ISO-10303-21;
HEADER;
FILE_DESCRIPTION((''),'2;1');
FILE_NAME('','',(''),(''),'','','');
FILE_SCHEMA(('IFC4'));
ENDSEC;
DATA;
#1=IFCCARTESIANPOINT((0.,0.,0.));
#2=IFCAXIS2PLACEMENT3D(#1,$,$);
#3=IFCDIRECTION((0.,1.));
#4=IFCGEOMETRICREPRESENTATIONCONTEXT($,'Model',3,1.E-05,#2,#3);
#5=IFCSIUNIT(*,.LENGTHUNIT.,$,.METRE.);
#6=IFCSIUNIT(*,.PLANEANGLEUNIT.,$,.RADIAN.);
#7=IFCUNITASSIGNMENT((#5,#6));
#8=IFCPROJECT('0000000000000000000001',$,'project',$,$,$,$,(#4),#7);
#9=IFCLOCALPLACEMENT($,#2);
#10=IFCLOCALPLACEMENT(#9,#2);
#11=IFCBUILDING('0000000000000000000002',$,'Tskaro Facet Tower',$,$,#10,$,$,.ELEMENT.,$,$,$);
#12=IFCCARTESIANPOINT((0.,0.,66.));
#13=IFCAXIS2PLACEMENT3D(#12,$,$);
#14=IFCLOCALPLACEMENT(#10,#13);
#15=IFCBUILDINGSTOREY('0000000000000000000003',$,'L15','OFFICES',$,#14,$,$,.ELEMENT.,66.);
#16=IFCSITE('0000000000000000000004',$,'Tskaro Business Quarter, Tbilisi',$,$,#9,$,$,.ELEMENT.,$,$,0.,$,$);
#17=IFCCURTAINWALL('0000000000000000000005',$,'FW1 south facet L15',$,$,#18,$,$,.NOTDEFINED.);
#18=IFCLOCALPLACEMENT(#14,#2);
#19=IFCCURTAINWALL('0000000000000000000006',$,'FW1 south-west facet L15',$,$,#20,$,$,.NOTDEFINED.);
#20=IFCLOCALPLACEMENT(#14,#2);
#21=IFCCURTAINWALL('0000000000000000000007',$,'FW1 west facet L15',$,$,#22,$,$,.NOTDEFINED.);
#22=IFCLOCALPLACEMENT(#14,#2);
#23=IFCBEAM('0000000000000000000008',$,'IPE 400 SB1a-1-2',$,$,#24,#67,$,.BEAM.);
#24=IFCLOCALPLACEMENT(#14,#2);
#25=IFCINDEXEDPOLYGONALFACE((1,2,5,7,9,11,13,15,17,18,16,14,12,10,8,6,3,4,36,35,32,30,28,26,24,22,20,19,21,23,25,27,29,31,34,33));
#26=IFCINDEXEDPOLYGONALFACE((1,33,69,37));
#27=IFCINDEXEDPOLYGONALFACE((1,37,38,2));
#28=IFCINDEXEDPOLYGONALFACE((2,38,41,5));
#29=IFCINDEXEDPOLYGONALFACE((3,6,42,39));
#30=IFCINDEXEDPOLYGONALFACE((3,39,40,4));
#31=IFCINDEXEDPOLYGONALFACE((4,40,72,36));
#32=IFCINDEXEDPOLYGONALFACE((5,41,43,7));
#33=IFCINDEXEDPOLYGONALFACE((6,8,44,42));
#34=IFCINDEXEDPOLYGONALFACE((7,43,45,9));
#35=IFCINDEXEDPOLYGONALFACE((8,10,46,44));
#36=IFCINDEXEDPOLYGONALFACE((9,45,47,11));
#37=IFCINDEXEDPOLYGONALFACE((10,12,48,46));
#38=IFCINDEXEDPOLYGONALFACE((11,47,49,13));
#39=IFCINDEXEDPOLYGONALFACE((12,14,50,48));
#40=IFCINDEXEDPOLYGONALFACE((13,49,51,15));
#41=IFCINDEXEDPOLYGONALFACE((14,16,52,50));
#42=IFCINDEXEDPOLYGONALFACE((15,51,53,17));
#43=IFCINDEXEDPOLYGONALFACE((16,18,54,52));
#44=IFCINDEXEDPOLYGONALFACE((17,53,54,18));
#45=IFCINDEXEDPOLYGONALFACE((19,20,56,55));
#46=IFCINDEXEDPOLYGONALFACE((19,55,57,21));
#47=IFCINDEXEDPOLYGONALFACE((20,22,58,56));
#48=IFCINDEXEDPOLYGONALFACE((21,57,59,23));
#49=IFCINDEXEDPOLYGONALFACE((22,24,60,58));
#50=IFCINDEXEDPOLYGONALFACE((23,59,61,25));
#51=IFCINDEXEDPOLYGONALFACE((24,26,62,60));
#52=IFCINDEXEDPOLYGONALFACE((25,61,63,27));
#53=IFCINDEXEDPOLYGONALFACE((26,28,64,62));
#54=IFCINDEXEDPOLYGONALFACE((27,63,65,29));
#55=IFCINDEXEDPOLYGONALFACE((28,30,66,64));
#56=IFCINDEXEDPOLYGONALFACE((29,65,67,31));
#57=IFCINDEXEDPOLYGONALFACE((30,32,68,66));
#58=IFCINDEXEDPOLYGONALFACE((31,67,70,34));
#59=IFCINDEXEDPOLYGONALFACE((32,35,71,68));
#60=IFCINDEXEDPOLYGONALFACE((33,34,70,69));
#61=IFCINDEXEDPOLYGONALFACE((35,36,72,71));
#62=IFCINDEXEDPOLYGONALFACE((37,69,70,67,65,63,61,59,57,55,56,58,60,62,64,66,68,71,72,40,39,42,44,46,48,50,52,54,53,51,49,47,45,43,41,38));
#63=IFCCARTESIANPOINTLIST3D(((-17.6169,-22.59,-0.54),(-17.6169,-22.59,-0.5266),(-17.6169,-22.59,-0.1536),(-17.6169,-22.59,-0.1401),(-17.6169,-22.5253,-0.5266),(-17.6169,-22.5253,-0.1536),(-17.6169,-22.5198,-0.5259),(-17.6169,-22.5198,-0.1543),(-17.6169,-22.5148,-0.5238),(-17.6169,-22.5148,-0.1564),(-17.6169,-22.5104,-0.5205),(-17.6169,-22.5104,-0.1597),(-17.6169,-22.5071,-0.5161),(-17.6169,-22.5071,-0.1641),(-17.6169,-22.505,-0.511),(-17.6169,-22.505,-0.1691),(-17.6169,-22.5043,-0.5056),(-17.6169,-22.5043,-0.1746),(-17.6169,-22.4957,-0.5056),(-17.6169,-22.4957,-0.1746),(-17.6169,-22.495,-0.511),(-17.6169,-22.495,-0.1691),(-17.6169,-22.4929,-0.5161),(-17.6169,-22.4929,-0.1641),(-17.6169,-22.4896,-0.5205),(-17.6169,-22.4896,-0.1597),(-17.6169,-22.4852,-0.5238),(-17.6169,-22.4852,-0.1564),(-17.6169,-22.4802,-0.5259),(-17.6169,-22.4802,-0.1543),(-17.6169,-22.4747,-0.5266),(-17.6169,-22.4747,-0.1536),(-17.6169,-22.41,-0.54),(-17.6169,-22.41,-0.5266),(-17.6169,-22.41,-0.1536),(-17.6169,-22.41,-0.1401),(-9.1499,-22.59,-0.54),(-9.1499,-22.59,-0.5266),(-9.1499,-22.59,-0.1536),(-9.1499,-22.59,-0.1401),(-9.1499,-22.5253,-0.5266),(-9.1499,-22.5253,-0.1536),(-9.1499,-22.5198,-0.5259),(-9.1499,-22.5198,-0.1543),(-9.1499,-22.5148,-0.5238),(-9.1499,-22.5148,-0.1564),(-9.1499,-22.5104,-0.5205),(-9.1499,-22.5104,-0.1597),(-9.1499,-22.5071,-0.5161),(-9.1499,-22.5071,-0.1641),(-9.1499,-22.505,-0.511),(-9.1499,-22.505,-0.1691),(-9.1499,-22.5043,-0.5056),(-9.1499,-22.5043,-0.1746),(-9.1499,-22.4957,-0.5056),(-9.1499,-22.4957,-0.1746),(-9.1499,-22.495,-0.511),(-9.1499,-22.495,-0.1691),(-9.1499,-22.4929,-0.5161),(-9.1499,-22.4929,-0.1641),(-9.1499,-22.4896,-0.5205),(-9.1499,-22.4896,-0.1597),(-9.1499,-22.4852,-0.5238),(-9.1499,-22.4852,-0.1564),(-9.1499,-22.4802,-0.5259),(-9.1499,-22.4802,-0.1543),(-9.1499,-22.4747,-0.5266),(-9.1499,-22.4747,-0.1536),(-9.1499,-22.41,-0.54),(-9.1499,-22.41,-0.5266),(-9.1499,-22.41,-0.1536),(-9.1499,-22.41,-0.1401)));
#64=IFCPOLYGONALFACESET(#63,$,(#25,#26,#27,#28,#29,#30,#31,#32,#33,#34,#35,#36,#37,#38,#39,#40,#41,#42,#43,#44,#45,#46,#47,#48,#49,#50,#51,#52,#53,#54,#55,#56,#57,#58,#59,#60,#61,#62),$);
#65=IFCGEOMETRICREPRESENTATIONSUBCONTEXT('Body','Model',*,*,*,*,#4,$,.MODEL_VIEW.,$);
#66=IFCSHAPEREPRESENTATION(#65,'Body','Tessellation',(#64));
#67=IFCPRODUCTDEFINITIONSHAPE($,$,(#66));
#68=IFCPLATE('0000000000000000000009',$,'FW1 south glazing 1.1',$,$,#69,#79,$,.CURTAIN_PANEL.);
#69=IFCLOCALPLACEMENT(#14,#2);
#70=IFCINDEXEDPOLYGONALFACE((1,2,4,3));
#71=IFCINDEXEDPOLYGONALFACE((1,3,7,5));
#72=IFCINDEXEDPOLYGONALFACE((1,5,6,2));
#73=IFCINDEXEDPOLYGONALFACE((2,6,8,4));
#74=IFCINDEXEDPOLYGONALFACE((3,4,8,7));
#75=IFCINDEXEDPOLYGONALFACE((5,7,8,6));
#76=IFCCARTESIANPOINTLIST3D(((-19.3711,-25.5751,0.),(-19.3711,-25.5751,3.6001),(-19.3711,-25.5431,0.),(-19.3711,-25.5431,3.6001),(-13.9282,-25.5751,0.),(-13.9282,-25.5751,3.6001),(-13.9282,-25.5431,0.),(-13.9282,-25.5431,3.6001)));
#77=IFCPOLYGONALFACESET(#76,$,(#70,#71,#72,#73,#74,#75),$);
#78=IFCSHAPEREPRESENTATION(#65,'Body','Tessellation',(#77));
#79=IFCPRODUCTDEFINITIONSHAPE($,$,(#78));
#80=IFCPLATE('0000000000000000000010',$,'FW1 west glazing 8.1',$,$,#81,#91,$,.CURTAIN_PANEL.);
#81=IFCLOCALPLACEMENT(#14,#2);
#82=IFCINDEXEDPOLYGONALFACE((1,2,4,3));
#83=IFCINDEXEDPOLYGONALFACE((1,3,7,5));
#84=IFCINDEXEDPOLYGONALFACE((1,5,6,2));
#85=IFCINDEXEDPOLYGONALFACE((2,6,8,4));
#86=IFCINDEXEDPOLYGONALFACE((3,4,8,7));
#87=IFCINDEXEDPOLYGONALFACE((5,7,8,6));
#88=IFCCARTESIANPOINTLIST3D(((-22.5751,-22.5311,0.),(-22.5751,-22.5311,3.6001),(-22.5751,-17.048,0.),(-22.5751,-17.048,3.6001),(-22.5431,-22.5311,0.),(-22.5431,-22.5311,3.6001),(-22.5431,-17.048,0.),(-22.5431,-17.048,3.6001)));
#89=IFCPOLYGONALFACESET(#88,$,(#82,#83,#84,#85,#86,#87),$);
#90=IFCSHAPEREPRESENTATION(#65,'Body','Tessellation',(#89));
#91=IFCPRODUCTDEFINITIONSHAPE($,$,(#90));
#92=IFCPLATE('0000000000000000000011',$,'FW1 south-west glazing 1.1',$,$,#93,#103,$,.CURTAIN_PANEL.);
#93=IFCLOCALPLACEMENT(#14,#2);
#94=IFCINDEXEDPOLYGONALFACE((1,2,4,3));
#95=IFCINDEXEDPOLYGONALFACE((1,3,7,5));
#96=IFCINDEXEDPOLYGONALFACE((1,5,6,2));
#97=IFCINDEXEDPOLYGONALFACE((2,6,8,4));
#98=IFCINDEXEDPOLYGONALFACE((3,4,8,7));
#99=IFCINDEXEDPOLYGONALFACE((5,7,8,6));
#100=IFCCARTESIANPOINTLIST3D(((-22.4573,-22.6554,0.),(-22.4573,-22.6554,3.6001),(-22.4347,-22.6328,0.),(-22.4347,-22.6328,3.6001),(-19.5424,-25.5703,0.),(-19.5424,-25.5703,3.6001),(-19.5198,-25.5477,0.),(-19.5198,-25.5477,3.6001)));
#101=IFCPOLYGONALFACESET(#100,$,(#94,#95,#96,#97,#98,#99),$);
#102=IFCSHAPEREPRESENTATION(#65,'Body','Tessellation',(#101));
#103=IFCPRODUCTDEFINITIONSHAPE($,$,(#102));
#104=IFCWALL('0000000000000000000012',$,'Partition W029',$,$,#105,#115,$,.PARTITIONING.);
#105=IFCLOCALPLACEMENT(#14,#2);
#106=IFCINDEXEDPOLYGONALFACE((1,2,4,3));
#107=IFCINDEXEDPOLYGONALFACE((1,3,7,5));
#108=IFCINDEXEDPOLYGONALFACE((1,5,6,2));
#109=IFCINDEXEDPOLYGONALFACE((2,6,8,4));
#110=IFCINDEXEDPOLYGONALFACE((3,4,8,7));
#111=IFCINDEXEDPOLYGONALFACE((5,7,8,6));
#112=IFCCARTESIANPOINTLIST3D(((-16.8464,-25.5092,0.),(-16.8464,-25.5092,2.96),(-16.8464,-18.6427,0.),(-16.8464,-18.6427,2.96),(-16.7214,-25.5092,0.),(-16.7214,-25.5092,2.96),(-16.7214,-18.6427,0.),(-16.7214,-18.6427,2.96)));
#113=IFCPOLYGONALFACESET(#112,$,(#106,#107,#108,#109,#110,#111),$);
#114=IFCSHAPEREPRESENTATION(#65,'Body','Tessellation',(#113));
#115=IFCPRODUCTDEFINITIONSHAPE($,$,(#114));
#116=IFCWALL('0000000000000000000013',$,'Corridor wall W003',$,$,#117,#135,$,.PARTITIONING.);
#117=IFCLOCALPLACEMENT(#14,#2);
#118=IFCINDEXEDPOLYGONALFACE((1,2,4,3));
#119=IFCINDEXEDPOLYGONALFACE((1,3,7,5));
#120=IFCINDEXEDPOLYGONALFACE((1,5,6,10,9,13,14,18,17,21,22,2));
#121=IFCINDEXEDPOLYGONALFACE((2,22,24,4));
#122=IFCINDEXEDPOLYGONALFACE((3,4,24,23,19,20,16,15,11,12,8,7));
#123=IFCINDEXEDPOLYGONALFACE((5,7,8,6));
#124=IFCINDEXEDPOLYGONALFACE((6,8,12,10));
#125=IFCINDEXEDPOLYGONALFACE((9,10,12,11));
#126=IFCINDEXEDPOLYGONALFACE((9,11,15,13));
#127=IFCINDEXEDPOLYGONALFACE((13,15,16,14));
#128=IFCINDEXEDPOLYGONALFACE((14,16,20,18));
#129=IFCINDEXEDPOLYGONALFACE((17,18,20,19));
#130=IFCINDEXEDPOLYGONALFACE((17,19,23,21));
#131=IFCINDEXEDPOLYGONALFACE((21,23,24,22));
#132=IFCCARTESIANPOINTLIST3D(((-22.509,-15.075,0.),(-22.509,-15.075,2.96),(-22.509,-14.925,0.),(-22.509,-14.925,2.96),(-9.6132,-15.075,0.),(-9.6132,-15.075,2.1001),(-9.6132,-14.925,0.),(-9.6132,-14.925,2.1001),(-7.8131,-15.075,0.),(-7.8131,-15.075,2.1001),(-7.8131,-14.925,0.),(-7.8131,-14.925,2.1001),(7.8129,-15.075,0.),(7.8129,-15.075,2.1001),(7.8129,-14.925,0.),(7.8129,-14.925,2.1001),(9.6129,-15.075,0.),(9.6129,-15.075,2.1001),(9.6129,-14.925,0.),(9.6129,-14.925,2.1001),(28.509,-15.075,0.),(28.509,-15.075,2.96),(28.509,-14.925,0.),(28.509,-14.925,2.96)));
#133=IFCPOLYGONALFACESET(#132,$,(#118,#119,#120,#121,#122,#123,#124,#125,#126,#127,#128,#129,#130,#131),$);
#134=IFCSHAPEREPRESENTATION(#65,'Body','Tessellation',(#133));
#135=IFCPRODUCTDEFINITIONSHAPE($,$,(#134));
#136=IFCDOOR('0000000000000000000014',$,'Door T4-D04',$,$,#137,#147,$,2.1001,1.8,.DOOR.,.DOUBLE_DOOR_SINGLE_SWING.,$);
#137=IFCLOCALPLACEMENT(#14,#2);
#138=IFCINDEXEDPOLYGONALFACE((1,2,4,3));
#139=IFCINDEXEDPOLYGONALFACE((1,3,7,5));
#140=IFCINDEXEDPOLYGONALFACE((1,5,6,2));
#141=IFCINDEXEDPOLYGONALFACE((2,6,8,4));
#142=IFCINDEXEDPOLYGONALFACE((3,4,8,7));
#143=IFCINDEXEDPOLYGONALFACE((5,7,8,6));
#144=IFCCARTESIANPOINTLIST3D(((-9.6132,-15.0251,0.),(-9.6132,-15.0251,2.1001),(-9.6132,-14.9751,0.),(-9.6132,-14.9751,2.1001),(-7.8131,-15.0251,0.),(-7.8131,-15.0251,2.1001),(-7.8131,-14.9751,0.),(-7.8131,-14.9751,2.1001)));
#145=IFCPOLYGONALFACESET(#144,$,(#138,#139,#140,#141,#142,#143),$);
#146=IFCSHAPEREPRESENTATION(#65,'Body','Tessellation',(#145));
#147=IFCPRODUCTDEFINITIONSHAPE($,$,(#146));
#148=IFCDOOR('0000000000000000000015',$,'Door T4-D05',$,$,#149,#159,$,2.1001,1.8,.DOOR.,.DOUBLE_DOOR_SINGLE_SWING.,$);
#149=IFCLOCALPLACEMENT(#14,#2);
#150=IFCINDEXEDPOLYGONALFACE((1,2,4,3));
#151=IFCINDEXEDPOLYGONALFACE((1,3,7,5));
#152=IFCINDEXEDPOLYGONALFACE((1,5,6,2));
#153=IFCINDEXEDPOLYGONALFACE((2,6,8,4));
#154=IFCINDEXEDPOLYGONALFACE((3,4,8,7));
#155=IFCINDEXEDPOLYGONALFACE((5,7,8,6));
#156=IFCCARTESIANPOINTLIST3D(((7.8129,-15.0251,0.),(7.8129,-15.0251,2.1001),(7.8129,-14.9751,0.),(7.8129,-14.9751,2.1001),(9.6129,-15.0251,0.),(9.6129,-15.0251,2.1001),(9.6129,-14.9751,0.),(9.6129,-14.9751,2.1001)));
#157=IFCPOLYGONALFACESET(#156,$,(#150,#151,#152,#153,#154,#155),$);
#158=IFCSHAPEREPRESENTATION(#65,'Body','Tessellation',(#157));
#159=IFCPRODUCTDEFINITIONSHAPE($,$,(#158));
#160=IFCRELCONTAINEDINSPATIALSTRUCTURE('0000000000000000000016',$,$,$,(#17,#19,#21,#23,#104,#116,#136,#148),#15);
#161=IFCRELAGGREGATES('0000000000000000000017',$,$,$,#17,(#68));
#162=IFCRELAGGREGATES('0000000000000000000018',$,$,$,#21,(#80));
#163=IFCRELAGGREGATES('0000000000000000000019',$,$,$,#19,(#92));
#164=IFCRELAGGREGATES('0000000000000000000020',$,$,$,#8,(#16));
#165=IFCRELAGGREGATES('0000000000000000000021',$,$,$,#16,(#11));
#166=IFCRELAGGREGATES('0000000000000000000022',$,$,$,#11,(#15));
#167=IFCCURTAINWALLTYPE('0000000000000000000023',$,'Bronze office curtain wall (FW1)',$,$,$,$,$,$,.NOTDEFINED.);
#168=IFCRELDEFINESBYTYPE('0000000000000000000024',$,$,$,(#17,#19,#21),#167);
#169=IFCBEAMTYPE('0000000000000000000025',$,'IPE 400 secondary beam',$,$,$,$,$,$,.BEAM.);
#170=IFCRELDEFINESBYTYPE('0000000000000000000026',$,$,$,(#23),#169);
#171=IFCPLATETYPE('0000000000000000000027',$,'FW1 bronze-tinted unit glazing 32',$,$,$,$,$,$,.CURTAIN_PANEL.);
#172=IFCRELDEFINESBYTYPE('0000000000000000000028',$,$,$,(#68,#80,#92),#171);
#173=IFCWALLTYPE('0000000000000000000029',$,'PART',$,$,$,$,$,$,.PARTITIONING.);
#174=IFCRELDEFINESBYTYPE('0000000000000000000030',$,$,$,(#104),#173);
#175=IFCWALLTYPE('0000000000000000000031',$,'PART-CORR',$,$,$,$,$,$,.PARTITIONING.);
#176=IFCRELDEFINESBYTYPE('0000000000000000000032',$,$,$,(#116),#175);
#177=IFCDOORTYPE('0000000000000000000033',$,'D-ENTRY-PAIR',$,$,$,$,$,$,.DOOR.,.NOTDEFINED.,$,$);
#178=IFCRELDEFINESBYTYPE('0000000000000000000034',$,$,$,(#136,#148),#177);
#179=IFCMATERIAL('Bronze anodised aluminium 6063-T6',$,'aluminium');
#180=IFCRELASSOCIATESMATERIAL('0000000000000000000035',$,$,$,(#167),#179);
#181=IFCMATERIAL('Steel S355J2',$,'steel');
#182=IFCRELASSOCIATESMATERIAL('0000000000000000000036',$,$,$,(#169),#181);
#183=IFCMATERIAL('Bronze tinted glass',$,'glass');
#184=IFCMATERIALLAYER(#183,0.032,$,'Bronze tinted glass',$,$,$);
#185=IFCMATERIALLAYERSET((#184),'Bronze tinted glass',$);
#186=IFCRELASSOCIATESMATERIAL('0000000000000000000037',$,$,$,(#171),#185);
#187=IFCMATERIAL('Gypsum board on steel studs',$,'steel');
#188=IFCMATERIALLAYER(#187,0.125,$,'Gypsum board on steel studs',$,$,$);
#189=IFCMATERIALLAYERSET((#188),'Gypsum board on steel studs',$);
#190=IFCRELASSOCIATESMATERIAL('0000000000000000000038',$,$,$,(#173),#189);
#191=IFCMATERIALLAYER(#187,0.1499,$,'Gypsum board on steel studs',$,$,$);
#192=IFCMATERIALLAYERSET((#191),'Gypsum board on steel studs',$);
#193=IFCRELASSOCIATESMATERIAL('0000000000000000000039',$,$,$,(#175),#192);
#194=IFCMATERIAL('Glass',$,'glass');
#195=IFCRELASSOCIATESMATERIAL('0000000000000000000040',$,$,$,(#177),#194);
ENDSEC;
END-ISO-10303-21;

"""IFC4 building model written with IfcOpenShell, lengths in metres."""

from ifc_helpers import new_model, si_unit, direction, frame, frame_2d, origin, origin_2d, place, context, subcontext, project, spatial, rectangle, i_section, extrude, material, layer, layer_set, material_profile, profile_set, type_object, element, fill, aggregate, save


model = new_model("IFC4")

# Units and contexts
model_context = context("Model", 3, precision=1e-05, world=origin(), true_north=direction((0.0, 1.0)))
body_context = subcontext(model_context, "Body", "Model", "MODEL_VIEW")
ifc_project = project(units=[si_unit("LENGTHUNIT", "METRE"), si_unit("PLANEANGLEUNIT", "RADIAN")], contexts=[model_context])

# Site, building, storey
site_placement = place(None, origin())
site = spatial("IfcSite", under=ifc_project, at=site_placement, Name="Tskaro Business Quarter, Tbilisi", CompositionType="ELEMENT", RefElevation=0.0)
building_placement = place(site_placement, origin())
building = spatial("IfcBuilding", under=site, at=building_placement, Name="Tskaro Facet Tower", CompositionType="ELEMENT")
storey_placement = place(building_placement, frame((0.0, 0.0, 66.0)))
storey = spatial("IfcBuildingStorey", under=building, at=storey_placement, Name="L15", Description="OFFICES", CompositionType="ELEMENT", Elevation=66.0)

# Curtain walls
ifc_material_1 = material(Name="Bronze anodised aluminium 6063-T6", Category="aluminium")
curtain_wall_type = type_object("IfcCurtainWallType", Name="Bronze office curtain wall (FW1)", PredefinedType="NOTDEFINED", material=ifc_material_1)
curtain_wall_1_placement = place(storey_placement, origin())
curtain_wall_1 = element("IfcCurtainWall", 1, at=curtain_wall_1_placement, inside=storey, type_object=curtain_wall_type, Name="FW1 south facet L15", PredefinedType="NOTDEFINED")
curtain_wall_2_placement = place(storey_placement, origin())
curtain_wall_2 = element("IfcCurtainWall", 2, at=curtain_wall_2_placement, inside=storey, type_object=curtain_wall_type, Name="FW1 south-west facet L15", PredefinedType="NOTDEFINED")

# Curtain wall
curtain_wall_3_placement = place(storey_placement, origin())
curtain_wall_3 = element("IfcCurtainWall", 3, at=curtain_wall_3_placement, inside=storey, type_object=curtain_wall_type, Name="FW1 west facet L15", PredefinedType="NOTDEFINED")

# Beam
ifc_material_2 = material(Name="Steel S355J2", Category="steel")
ifc_material_profile_1 = material_profile(ifc_material_2, i_section(OverallWidth=0.1799, OverallDepth=0.3999, WebThickness=0.0085, FlangeThickness=0.0134, FilletRadius=0.021, at=origin_2d()), Name="IPE 400")
ifc_profile_set_1 = profile_set([ifc_material_profile_1], Name="Steel S355J2")
beam_type_1 = type_object("IfcBeamType", Name="IPE 400 secondary beam", PredefinedType="BEAM", material=ifc_profile_set_1)
beam_1_placement = place(storey_placement, frame((-17.6169, -22.5, -0.3401), z_axis=(1.0, 0.0, 0.0), x_axis=(0.0, 1.0, 0.0)))
element("IfcBeam", 4, at=beam_1_placement, inside=storey, type_object=beam_type_1, Name="IPE 400 SB1a-1-2", PredefinedType="BEAM", context=body_context, shape_type="SweptSolid", body=[
    extrude(i_section(OverallWidth=0.1799, OverallDepth=0.3999, WebThickness=0.0085, FlangeThickness=0.0134, FilletRadius=0.021, at=origin_2d()), origin(), (0.0, 0.0, 1.0), 8.467),
])

# Plates
ifc_material_3 = material(Name="Bronze tinted glass", Category="glass")
ifc_layer_1 = layer(ifc_material_3, 0.032, Name="Bronze tinted glass")
ifc_layer_set_1 = layer_set([ifc_layer_1], Name="Bronze tinted glass")
plate_type = type_object("IfcPlateType", Name="FW1 bronze-tinted unit glazing 32", PredefinedType="CURTAIN_PANEL", material=ifc_layer_set_1)
plate_1_placement = place(storey_placement, frame((-16.6497, -25.5591, 0.0), z_axis=(0.0, 0.0, 1.0), x_axis=(1.0, 0.0, 0.0)))
plate_1 = element("IfcPlate", 5, at=plate_1_placement, type_object=plate_type, Name="FW1 south glazing 1.1", PredefinedType="CURTAIN_PANEL", context=body_context, shape_type="SweptSolid", body=[
    extrude(rectangle(XDim=5.4429, YDim=0.032, at=origin_2d()), origin(), (0.0, 0.0, 1.0), 3.6001),
])
aggregate(curtain_wall_1, [plate_1])
plate_2_placement = place(storey_placement, frame((-22.5591, -19.7896, 0.0), z_axis=(0.0, 0.0, 1.0), x_axis=(0.0, -1.0, 0.0)))
plate_2 = element("IfcPlate", 6, at=plate_2_placement, type_object=plate_type, Name="FW1 west glazing 8.1", PredefinedType="CURTAIN_PANEL", context=body_context, shape_type="SweptSolid", body=[
    extrude(rectangle(XDim=5.4832, YDim=0.032, at=origin_2d()), origin(), (0.0, 0.0, 1.0), 3.6001),
])
aggregate(curtain_wall_3, [plate_2])
plate_3_placement = place(storey_placement, frame((-20.9885, -24.1016, 0.0), z_axis=(0.0, 0.0, 1.0), x_axis=(0.707107, -0.707107, 0.0)))
plate_3 = element("IfcPlate", 7, at=plate_3_placement, type_object=plate_type, Name="FW1 south-west glazing 1.1", PredefinedType="CURTAIN_PANEL", context=body_context, shape_type="SweptSolid", body=[
    extrude(rectangle(XDim=4.1223, YDim=0.032, at=origin_2d()), origin(), (0.0, 0.0, 1.0), 3.6001),
])
aggregate(curtain_wall_2, [plate_3])

# Wall
ifc_material_4 = material(Name="Gypsum board on steel studs", Category="steel")
ifc_layer_2 = layer(ifc_material_4, 0.125, Name="Gypsum board on steel studs")
ifc_layer_set_2 = layer_set([ifc_layer_2], Name="Gypsum board on steel studs")
wall_type_1 = type_object("IfcWallType", Name="PART", PredefinedType="PARTITIONING", material=ifc_layer_set_2)
wall_1_placement = place(storey_placement, frame((-16.7839, -25.509, 0.0), z_axis=(0.0, 0.0, 1.0), x_axis=(0.0, 1.0, 0.0)))
element("IfcWall", 8, at=wall_1_placement, inside=storey, type_object=wall_type_1, Name="Partition W029", PredefinedType="PARTITIONING", context=body_context, shape_type="SweptSolid", body=[
    extrude(rectangle(XDim=6.8665, YDim=0.125, at=frame_2d((3.4331, 0.0))), origin(), (0.0, 0.0, 1.0), 2.96),
])

# Wall, openings, doors
ifc_layer_3 = layer(ifc_material_4, 0.1499, Name="Gypsum board on steel studs")
ifc_layer_set_3 = layer_set([ifc_layer_3], Name="Gypsum board on steel studs")
wall_type_2 = type_object("IfcWallType", Name="PART-CORR", PredefinedType="PARTITIONING", material=ifc_layer_set_3)
wall_2_placement = place(storey_placement, frame((-22.509, -15.0, 0.0), z_axis=(0.0, 0.0, 1.0), x_axis=(1.0, 0.0, 0.0)))
wall_2 = element("IfcWall", 9, at=wall_2_placement, inside=storey, type_object=wall_type_2, Name="Corridor wall W003", PredefinedType="PARTITIONING", context=body_context, shape_type="SweptSolid", body=[
    extrude(rectangle(XDim=51.0181, YDim=0.1499, at=frame_2d((25.509, 0.0))), origin(), (0.0, 0.0, 1.0), 2.96),
])
opening_1_placement = place(wall_2_placement, frame((12.896, 0.0, 0.0)))
opening_1 = element("IfcOpeningElement", 10, at=opening_1_placement, cuts=wall_2, PredefinedType="OPENING", context=body_context, shape_type="SweptSolid", body=[
    extrude(rectangle(XDim=1.8, YDim=2.1001, at=frame_2d((0.8999, 1.05))), frame((0.0, 0.085, 0.0), z_axis=(0.0, -1.0, 0.0), x_axis=(1.0, 0.0, 0.0)), (0.0, 0.0, 1.0), 0.1699),
])
opening_2_placement = place(wall_2_placement, frame((30.322, 0.0, 0.0)))
opening_2 = element("IfcOpeningElement", 11, at=opening_2_placement, cuts=wall_2, PredefinedType="OPENING", context=body_context, shape_type="SweptSolid", body=[
    extrude(rectangle(XDim=1.8, YDim=2.1001, at=frame_2d((0.8999, 1.05))), frame((0.0, 0.085, 0.0), z_axis=(0.0, -1.0, 0.0), x_axis=(1.0, 0.0, 0.0)), (0.0, 0.0, 1.0), 0.1699),
])
ifc_material_5 = material(Name="Glass", Category="glass")
door_type_1 = type_object("IfcDoorType", Name="D-ENTRY-PAIR", OperationType="NOTDEFINED", PredefinedType="DOOR", material=ifc_material_5)
door_1_placement = place(opening_1_placement, origin())
door_1 = element("IfcDoor", 12, at=door_1_placement, inside=storey, type_object=door_type_1, Name="Door T4-D04", OperationType="DOUBLE_DOOR_SINGLE_SWING", OverallHeight=2.1001, OverallWidth=1.8, PredefinedType="DOOR", context=body_context, shape_type="SweptSolid", body=[
    extrude(rectangle(XDim=1.8, YDim=2.1001, at=frame_2d((0.8999, 1.05))), frame((0.0, 0.0249, 0.0), z_axis=(0.0, -1.0, 0.0), x_axis=(1.0, 0.0, 0.0)), (0.0, 0.0, 1.0), 0.05),
])
fill(opening_1, door_1)
door_2_placement = place(opening_2_placement, origin())
door_2 = element("IfcDoor", 13, at=door_2_placement, inside=storey, type_object=door_type_1, Name="Door T4-D05", OperationType="DOUBLE_DOOR_SINGLE_SWING", OverallHeight=2.1001, OverallWidth=1.8, PredefinedType="DOOR", context=body_context, shape_type="SweptSolid", body=[
    extrude(rectangle(XDim=1.8, YDim=2.1001, at=frame_2d((0.8999, 1.05))), frame((0.0, 0.0249, 0.0), z_axis=(0.0, -1.0, 0.0), x_axis=(1.0, 0.0, 0.0)), (0.0, 0.0, 1.0), 0.05),
])
fill(opening_2, door_2)

save(model, "model.ifc")
